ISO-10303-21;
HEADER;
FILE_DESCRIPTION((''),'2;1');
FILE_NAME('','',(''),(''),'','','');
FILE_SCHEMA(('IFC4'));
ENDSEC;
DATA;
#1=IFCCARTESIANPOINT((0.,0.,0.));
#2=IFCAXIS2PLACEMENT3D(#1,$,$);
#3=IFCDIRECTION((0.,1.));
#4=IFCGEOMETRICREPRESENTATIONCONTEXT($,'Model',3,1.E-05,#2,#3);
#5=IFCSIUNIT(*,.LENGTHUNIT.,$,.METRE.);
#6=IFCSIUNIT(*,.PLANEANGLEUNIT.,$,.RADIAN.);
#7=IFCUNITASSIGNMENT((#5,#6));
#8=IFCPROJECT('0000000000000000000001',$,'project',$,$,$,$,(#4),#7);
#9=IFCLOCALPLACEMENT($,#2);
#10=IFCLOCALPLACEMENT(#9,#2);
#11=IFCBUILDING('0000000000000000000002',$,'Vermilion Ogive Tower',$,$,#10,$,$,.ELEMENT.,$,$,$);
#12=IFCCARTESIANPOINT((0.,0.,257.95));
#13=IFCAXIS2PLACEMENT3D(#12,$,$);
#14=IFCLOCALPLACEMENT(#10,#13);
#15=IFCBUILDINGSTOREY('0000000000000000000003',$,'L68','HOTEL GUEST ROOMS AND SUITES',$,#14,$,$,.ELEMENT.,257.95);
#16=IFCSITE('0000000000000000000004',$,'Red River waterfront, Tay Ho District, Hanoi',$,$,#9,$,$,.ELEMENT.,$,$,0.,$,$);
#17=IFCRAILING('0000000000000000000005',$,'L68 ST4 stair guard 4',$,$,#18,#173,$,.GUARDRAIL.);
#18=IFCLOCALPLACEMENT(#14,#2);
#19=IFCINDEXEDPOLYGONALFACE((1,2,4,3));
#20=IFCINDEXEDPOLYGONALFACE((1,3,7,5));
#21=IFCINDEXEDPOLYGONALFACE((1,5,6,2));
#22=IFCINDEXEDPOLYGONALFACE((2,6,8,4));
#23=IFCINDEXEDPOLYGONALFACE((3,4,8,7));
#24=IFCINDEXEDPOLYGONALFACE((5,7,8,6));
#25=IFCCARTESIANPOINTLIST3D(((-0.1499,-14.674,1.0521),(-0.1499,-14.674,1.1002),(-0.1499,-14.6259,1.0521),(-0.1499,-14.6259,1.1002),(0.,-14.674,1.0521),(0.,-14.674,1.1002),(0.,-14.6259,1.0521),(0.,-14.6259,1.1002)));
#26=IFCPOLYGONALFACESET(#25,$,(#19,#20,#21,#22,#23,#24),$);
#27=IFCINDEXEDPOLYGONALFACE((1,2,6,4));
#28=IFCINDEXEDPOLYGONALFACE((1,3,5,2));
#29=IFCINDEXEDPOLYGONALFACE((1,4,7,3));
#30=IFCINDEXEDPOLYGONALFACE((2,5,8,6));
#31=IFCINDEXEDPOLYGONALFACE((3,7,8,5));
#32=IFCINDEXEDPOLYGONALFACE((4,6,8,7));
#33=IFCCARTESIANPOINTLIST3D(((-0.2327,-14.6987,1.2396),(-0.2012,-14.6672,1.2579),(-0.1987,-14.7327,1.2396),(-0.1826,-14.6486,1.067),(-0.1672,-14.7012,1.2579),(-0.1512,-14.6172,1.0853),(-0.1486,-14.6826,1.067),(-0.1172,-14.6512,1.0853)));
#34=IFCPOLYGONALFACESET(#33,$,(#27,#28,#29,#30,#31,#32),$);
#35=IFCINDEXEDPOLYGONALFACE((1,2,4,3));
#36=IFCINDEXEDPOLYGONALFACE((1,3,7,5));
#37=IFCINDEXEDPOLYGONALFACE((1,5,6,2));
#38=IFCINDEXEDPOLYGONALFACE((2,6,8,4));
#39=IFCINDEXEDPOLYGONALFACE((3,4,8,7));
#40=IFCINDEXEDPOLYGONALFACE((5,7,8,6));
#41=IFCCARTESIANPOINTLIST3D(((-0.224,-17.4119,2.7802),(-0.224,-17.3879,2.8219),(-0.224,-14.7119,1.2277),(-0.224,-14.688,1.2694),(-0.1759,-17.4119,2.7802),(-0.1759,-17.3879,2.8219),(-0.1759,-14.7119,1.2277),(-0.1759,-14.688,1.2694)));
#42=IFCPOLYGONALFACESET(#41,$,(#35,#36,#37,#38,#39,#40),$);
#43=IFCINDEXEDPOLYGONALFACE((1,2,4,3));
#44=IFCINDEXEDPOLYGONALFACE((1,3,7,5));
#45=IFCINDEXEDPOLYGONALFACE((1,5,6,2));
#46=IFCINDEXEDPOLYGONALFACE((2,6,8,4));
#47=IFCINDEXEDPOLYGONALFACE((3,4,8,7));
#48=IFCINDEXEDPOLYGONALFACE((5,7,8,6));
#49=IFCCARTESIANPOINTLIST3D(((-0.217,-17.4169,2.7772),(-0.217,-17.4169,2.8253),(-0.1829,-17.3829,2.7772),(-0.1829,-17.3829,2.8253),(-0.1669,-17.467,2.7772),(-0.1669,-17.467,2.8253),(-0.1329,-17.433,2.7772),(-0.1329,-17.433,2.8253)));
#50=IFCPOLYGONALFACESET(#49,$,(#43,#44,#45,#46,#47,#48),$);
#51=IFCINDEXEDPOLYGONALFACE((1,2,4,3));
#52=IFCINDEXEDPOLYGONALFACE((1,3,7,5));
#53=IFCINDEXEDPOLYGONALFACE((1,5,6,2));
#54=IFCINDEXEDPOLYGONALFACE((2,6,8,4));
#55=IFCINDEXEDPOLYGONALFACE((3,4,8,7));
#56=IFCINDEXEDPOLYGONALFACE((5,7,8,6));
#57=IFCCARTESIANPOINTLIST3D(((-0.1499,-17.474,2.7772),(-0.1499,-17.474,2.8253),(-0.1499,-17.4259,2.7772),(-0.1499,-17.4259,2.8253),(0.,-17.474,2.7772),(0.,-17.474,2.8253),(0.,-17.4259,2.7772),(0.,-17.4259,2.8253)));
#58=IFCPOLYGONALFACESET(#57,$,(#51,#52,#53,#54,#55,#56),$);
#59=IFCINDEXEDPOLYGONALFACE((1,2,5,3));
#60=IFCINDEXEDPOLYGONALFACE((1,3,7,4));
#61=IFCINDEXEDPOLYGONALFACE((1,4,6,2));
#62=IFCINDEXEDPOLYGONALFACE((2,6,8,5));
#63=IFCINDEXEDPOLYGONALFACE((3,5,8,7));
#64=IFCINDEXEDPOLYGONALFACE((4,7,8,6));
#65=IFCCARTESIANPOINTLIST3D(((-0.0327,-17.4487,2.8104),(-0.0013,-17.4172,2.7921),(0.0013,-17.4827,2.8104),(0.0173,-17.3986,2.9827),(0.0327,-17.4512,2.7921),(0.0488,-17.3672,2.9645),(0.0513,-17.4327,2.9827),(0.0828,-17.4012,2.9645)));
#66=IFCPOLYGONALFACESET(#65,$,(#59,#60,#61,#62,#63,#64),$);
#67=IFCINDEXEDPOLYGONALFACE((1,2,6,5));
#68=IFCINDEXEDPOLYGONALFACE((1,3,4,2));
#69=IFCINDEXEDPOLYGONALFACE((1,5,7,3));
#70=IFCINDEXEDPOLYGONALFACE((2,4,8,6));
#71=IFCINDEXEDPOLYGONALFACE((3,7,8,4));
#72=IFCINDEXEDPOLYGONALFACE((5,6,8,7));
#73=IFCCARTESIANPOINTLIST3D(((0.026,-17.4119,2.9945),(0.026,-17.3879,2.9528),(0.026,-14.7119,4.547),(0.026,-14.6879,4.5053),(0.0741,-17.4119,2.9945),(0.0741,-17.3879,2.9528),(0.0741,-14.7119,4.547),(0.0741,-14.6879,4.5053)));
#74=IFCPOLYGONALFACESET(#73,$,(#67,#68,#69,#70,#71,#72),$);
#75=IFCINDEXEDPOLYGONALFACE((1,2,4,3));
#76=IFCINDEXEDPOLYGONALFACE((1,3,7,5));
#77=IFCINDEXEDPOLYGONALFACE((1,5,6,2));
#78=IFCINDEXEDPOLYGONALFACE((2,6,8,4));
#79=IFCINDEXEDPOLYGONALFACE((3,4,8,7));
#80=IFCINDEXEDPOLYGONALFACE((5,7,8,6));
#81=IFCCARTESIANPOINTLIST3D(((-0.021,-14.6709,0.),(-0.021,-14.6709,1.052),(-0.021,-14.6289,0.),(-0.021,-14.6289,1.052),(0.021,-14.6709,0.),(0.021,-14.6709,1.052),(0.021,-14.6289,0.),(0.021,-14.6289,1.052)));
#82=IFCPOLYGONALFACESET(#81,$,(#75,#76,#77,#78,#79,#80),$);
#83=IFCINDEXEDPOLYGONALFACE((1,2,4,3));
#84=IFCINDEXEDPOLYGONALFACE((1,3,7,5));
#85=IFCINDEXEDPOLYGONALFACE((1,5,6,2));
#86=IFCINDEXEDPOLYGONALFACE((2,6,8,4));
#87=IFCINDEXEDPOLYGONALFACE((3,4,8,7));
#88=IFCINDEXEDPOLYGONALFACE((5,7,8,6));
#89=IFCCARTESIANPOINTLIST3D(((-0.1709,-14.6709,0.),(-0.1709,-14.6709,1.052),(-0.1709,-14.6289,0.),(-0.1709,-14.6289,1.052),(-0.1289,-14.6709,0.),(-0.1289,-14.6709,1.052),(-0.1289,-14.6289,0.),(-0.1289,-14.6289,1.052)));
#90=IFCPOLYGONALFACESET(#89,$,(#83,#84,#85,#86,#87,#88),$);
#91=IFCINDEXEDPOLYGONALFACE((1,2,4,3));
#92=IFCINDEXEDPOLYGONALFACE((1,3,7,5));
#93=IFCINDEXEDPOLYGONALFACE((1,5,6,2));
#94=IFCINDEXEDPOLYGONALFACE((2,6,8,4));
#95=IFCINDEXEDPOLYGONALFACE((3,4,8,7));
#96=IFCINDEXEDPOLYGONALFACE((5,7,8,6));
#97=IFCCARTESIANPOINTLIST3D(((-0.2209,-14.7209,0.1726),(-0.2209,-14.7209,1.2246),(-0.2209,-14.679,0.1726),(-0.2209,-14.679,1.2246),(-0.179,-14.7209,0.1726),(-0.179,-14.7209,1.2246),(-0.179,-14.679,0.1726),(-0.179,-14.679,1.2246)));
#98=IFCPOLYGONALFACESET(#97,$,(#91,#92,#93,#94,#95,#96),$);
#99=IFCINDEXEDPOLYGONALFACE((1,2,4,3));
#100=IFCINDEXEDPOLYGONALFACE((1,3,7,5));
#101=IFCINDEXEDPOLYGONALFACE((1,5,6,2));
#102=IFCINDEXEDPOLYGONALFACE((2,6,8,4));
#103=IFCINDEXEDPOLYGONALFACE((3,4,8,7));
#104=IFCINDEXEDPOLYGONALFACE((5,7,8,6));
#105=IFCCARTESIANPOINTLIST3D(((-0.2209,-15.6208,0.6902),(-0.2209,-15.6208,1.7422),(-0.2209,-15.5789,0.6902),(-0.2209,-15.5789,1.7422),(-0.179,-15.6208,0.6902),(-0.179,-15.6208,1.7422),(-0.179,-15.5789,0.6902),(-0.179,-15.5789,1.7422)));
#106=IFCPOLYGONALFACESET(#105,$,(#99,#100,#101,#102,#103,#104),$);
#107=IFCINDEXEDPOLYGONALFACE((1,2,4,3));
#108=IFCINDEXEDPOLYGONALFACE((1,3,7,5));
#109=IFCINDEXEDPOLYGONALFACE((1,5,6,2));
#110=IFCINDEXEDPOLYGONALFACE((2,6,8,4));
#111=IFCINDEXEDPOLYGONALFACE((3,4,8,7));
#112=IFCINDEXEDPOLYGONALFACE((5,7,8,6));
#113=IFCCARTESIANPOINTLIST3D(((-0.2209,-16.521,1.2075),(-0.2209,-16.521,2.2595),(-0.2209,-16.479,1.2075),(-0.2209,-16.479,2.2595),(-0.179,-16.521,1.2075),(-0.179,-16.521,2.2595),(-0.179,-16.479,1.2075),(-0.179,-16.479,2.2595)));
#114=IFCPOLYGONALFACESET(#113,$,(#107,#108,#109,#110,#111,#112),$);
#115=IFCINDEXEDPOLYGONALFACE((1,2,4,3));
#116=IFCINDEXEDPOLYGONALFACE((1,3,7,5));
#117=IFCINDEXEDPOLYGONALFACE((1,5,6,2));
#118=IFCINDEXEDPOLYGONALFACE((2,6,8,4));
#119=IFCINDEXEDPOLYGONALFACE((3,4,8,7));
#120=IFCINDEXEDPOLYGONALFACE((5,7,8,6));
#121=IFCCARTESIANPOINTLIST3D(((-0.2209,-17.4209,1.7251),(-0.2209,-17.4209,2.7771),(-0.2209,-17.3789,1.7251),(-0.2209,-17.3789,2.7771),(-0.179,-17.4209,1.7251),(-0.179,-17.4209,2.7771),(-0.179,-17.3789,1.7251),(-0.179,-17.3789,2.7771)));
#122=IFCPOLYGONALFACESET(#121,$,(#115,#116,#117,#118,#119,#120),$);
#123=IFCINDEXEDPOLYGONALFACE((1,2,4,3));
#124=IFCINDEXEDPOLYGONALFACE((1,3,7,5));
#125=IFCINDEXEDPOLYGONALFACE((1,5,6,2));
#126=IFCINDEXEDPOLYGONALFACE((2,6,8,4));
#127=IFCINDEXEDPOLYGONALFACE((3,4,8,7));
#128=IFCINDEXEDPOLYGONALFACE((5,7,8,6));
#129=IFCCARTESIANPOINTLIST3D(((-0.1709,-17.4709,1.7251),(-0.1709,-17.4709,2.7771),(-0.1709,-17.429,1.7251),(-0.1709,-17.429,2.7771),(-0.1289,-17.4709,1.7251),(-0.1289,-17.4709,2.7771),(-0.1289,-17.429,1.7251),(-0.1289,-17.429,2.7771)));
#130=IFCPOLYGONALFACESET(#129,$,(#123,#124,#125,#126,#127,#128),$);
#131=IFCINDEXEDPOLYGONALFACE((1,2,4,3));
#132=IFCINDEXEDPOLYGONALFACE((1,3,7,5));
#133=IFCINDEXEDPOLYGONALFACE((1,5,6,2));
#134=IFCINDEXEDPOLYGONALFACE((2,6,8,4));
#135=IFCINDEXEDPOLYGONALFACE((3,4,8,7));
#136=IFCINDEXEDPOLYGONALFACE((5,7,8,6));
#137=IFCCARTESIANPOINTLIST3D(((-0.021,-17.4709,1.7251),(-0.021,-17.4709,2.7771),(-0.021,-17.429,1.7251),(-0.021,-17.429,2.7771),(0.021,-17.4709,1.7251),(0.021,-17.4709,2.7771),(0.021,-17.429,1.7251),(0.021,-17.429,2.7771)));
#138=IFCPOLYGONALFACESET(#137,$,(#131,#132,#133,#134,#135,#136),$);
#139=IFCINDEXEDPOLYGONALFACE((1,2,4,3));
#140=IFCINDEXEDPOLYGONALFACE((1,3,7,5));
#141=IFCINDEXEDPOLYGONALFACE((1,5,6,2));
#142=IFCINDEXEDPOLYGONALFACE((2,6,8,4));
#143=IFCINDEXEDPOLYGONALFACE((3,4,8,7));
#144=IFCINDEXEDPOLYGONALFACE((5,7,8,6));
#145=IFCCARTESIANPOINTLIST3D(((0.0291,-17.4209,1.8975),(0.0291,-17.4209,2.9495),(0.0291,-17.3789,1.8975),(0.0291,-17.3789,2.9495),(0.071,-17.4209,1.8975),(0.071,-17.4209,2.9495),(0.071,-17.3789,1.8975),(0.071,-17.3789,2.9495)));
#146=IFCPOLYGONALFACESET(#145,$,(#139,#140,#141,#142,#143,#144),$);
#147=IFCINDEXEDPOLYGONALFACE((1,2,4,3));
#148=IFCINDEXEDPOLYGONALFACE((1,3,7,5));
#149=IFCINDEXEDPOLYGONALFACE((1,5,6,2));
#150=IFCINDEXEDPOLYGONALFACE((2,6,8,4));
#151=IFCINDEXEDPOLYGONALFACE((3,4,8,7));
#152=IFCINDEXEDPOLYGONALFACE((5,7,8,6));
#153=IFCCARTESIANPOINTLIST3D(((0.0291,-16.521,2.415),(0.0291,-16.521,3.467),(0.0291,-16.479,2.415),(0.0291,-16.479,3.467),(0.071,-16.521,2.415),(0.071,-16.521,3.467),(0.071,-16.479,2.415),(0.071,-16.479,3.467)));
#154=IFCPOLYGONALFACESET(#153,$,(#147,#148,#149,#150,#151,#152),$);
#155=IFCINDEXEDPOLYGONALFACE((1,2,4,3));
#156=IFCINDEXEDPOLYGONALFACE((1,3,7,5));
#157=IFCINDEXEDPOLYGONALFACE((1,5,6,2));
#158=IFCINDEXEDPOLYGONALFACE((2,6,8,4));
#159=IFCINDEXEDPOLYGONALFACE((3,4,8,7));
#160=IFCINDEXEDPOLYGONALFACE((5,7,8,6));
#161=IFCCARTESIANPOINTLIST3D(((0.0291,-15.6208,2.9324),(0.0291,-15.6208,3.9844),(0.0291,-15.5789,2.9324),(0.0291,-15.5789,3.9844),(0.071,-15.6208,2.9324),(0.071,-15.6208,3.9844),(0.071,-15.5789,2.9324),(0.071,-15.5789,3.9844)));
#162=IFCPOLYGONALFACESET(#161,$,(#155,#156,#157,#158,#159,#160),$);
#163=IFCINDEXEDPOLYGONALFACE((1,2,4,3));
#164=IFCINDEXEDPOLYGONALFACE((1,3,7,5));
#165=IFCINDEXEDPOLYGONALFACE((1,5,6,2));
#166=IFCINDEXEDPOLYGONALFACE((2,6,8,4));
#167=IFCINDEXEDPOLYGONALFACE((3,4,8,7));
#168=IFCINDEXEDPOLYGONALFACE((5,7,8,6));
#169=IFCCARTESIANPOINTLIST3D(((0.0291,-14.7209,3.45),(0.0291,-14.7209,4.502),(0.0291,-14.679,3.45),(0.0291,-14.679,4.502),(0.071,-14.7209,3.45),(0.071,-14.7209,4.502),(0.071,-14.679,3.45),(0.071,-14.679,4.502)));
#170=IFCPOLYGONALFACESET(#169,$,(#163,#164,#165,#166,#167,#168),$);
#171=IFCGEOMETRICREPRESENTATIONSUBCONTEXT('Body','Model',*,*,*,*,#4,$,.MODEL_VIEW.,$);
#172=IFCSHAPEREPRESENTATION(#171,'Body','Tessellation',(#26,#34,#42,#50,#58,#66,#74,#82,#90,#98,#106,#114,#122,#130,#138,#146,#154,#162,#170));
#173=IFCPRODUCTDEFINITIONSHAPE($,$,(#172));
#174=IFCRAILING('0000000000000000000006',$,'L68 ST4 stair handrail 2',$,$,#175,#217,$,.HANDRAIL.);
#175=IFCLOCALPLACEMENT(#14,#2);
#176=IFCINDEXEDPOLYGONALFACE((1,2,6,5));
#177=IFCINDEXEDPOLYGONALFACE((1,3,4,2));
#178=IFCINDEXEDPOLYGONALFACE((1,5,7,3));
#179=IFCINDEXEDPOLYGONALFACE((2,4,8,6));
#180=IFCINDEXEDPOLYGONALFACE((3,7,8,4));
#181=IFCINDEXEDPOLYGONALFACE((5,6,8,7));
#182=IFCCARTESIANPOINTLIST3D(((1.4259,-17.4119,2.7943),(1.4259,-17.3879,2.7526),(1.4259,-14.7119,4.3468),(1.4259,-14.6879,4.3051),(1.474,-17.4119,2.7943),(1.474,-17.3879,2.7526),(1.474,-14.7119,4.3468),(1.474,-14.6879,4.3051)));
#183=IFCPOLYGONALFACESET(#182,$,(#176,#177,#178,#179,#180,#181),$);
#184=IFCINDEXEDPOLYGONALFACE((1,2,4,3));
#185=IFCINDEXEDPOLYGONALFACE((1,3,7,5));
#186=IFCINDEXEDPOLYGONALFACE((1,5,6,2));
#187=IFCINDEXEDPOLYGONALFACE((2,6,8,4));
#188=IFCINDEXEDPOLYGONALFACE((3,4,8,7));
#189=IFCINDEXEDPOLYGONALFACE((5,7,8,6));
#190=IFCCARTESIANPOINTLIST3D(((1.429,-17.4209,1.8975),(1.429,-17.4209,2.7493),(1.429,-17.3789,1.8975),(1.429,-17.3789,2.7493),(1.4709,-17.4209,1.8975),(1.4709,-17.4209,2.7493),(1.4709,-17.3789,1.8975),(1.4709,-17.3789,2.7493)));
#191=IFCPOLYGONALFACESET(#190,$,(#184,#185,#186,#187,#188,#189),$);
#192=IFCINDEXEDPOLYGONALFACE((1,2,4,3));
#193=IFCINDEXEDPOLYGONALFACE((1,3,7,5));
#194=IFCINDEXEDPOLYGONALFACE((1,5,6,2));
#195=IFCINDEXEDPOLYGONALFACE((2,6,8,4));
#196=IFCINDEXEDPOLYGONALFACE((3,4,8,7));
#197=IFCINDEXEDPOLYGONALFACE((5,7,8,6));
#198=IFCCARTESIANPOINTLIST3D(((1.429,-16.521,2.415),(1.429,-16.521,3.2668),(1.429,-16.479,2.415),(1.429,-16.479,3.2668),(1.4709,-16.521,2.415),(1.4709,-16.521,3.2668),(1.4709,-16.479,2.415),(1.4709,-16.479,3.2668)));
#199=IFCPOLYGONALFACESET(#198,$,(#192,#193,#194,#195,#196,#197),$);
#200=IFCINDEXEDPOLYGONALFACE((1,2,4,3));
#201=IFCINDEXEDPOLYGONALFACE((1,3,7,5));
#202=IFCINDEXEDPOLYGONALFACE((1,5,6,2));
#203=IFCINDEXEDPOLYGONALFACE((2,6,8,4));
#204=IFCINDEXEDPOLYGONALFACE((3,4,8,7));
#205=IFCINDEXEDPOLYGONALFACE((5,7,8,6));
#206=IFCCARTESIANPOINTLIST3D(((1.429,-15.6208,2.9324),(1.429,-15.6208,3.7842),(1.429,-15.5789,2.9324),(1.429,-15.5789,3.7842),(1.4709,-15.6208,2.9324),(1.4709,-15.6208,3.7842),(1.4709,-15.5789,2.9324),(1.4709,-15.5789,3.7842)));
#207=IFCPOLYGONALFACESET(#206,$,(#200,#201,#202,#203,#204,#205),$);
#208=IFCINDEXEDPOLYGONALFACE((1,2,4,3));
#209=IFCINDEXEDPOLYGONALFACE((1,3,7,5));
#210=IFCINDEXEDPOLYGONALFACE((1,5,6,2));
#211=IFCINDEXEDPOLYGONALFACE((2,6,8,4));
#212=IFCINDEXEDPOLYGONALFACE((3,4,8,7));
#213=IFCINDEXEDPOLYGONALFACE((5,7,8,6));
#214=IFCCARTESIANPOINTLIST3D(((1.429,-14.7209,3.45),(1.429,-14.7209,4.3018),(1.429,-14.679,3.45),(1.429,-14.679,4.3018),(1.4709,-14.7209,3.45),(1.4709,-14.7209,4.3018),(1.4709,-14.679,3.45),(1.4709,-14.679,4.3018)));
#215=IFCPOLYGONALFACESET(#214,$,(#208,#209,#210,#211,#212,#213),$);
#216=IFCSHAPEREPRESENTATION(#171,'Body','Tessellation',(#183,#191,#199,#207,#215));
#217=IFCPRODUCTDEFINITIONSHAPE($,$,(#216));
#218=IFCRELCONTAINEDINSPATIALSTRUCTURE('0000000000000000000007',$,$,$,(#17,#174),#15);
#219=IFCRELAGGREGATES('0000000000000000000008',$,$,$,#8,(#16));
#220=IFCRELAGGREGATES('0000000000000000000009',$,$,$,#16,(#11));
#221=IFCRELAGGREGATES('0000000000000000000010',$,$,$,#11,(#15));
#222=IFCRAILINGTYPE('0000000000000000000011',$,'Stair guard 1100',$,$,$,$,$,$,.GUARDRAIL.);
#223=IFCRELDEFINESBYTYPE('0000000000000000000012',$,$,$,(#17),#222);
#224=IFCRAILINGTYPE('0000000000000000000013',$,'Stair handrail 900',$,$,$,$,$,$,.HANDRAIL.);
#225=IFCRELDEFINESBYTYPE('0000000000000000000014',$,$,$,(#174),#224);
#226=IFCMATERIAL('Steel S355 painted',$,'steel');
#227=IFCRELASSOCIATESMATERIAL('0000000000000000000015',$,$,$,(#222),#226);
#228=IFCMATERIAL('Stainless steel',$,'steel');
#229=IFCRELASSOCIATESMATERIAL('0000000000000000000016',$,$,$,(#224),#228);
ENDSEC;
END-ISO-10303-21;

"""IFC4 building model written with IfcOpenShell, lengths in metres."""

from ifc_helpers import new_model, si_unit, direction, frame, origin, origin_2d, place, context, subcontext, project, spatial, rectangle, extrude, material, type_object, element, save


model = new_model("IFC4")

# Units and contexts
model_context = context("Model", 3, precision=1e-05, world=origin(), true_north=direction((0.0, 1.0)))
body_context = subcontext(model_context, "Body", "Model", "MODEL_VIEW")
ifc_project = project(units=[si_unit("LENGTHUNIT", "METRE"), si_unit("PLANEANGLEUNIT", "RADIAN")], contexts=[model_context])

# Site, building, storey
site_placement = place(None, origin())
site = spatial("IfcSite", under=ifc_project, at=site_placement, Name="Red River waterfront, Tay Ho District, Hanoi", CompositionType="ELEMENT", RefElevation=0.0)
building_placement = place(site_placement, origin())
building = spatial("IfcBuilding", under=site, at=building_placement, Name="Vermilion Ogive Tower", CompositionType="ELEMENT")
storey_placement = place(building_placement, frame((0.0, 0.0, 257.95)))
storey = spatial("IfcBuildingStorey", under=building, at=storey_placement, Name="L68", Description="HOTEL GUEST ROOMS AND SUITES", CompositionType="ELEMENT", Elevation=257.95)

# Railings
ifc_material_1 = material(Name="Steel S355 painted", Category="steel")
railing_type_1 = type_object("IfcRailingType", Name="Stair guard 1100", PredefinedType="GUARDRAIL", material=ifc_material_1)
railing_1_placement = place(storey_placement, frame((0.0, -14.6499, 0.0)))
element("IfcRailing", 1, at=railing_1_placement, inside=storey, type_object=railing_type_1, Name="L68 ST4 stair guard 4", PredefinedType="GUARDRAIL", context=body_context, shape_type="SweptSolid", body=[
    extrude(rectangle(XDim=0.0481, YDim=0.0481, at=origin_2d()), frame((0.0, 0.0, 1.0762), z_axis=(-1.0, 0.0, 0.0), x_axis=(0.0, -1.0, 0.0)), (0.0, 0.0, 1.0), 0.1499),
    extrude(rectangle(XDim=0.0481, YDim=0.0481, at=origin_2d()), frame((-0.1499, 0.0, 1.0762), z_axis=(-0.268278, -0.268278, 0.925232), x_axis=(0.707107, -0.707107, 0.0)), (0.0, 0.0, 1.0), 0.1865),
    extrude(rectangle(XDim=0.0481, YDim=0.0481, at=origin_2d()), frame((-0.2, -0.05, 1.2485), z_axis=(0.0, -0.866904, 0.498476), x_axis=(1.0, 0.0, 0.0)), (0.0, 0.0, 1.0), 3.1145),
    extrude(rectangle(XDim=0.0481, YDim=0.0481, at=origin_2d()), frame((-0.2, -2.75, 2.8013), z_axis=(0.707107, -0.707107, 0.0), x_axis=(0.707107, 0.707107, 0.0)), (0.0, 0.0, 1.0), 0.0708),
    extrude(rectangle(XDim=0.0481, YDim=0.0481, at=origin_2d()), frame((-0.1499, -2.8, 2.8013), z_axis=(1.0, 0.0, 0.0), x_axis=(0.0, 1.0, 0.0)), (0.0, 0.0, 1.0), 0.1499),
    extrude(rectangle(XDim=0.0481, YDim=0.0481, at=origin_2d()), frame((0.0, -2.8, 2.8013), z_axis=(0.268603, 0.268603, 0.925043), x_axis=(-0.707107, 0.707107, 0.0)), (0.0, 0.0, 1.0), 0.1863),
    extrude(rectangle(XDim=0.0481, YDim=0.0481, at=origin_2d()), frame((0.05, -2.75, 2.9736), z_axis=(0.0, 0.866904, 0.498476), x_axis=(-1.0, 0.0, 0.0)), (0.0, 0.0, 1.0), 3.1145),
    extrude(rectangle(XDim=0.042, YDim=0.042, at=origin_2d()), origin(), (0.0, 0.0, 1.0), 1.052),
    extrude(rectangle(XDim=0.042, YDim=0.042, at=origin_2d()), frame((-0.1499, 0.0, 0.0)), (0.0, 0.0, 1.0), 1.052),
    extrude(rectangle(XDim=0.042, YDim=0.042, at=origin_2d()), frame((-0.2, -0.05, 0.1726)), (0.0, 0.0, 1.0), 1.052),
    extrude(rectangle(XDim=0.042, YDim=0.042, at=origin_2d()), frame((-0.2, -0.95, 0.6902)), (0.0, 0.0, 1.0), 1.052),
    extrude(rectangle(XDim=0.042, YDim=0.042, at=origin_2d()), frame((-0.2, -1.8501, 1.2075)), (0.0, 0.0, 1.0), 1.052),
    extrude(rectangle(XDim=0.042, YDim=0.042, at=origin_2d()), frame((-0.2, -2.75, 1.7251)), (0.0, 0.0, 1.0), 1.052),
    extrude(rectangle(XDim=0.042, YDim=0.042, at=origin_2d()), frame((-0.1499, -2.8, 1.7251)), (0.0, 0.0, 1.0), 1.052),
    extrude(rectangle(XDim=0.042, YDim=0.042, at=origin_2d()), frame((0.0, -2.8, 1.7251)), (0.0, 0.0, 1.0), 1.052),
    extrude(rectangle(XDim=0.042, YDim=0.042, at=origin_2d()), frame((0.05, -2.75, 1.8975)), (0.0, 0.0, 1.0), 1.052),
    extrude(rectangle(XDim=0.042, YDim=0.042, at=origin_2d()), frame((0.05, -1.8501, 2.415)), (0.0, 0.0, 1.0), 1.052),
    extrude(rectangle(XDim=0.042, YDim=0.042, at=origin_2d()), frame((0.05, -0.95, 2.9324)), (0.0, 0.0, 1.0), 1.052),
    extrude(rectangle(XDim=0.042, YDim=0.042, at=origin_2d()), frame((0.05, -0.05, 3.45)), (0.0, 0.0, 1.0), 1.052),
])
ifc_material_2 = material(Name="Stainless steel", Category="steel")
railing_type_2 = type_object("IfcRailingType", Name="Stair handrail 900", PredefinedType="HANDRAIL", material=ifc_material_2)
railing_2_placement = place(storey_placement, frame((1.45, -17.3999, 1.8975)))
element("IfcRailing", 2, at=railing_2_placement, inside=storey, type_object=railing_type_2, Name="L68 ST4 stair handrail 2", PredefinedType="HANDRAIL", context=body_context, shape_type="SweptSolid", body=[
    extrude(rectangle(XDim=0.0481, YDim=0.0481, at=origin_2d()), frame((0.0, 0.0, 0.876), z_axis=(0.0, 0.866904, 0.498476), x_axis=(-1.0, 0.0, 0.0)), (0.0, 0.0, 1.0), 3.1145),
    extrude(rectangle(XDim=0.042, YDim=0.042, at=origin_2d()), origin(), (0.0, 0.0, 1.0), 0.8518),
    extrude(rectangle(XDim=0.042, YDim=0.042, at=origin_2d()), frame((0.0, 0.8999, 0.5176)), (0.0, 0.0, 1.0), 0.8518),
    extrude(rectangle(XDim=0.042, YDim=0.042, at=origin_2d()), frame((0.0, 1.8, 1.0349)), (0.0, 0.0, 1.0), 0.8518),
    extrude(rectangle(XDim=0.042, YDim=0.042, at=origin_2d()), frame((0.0, 2.7, 1.5525)), (0.0, 0.0, 1.0), 0.8518),
])

save(model, "model.ifc")
